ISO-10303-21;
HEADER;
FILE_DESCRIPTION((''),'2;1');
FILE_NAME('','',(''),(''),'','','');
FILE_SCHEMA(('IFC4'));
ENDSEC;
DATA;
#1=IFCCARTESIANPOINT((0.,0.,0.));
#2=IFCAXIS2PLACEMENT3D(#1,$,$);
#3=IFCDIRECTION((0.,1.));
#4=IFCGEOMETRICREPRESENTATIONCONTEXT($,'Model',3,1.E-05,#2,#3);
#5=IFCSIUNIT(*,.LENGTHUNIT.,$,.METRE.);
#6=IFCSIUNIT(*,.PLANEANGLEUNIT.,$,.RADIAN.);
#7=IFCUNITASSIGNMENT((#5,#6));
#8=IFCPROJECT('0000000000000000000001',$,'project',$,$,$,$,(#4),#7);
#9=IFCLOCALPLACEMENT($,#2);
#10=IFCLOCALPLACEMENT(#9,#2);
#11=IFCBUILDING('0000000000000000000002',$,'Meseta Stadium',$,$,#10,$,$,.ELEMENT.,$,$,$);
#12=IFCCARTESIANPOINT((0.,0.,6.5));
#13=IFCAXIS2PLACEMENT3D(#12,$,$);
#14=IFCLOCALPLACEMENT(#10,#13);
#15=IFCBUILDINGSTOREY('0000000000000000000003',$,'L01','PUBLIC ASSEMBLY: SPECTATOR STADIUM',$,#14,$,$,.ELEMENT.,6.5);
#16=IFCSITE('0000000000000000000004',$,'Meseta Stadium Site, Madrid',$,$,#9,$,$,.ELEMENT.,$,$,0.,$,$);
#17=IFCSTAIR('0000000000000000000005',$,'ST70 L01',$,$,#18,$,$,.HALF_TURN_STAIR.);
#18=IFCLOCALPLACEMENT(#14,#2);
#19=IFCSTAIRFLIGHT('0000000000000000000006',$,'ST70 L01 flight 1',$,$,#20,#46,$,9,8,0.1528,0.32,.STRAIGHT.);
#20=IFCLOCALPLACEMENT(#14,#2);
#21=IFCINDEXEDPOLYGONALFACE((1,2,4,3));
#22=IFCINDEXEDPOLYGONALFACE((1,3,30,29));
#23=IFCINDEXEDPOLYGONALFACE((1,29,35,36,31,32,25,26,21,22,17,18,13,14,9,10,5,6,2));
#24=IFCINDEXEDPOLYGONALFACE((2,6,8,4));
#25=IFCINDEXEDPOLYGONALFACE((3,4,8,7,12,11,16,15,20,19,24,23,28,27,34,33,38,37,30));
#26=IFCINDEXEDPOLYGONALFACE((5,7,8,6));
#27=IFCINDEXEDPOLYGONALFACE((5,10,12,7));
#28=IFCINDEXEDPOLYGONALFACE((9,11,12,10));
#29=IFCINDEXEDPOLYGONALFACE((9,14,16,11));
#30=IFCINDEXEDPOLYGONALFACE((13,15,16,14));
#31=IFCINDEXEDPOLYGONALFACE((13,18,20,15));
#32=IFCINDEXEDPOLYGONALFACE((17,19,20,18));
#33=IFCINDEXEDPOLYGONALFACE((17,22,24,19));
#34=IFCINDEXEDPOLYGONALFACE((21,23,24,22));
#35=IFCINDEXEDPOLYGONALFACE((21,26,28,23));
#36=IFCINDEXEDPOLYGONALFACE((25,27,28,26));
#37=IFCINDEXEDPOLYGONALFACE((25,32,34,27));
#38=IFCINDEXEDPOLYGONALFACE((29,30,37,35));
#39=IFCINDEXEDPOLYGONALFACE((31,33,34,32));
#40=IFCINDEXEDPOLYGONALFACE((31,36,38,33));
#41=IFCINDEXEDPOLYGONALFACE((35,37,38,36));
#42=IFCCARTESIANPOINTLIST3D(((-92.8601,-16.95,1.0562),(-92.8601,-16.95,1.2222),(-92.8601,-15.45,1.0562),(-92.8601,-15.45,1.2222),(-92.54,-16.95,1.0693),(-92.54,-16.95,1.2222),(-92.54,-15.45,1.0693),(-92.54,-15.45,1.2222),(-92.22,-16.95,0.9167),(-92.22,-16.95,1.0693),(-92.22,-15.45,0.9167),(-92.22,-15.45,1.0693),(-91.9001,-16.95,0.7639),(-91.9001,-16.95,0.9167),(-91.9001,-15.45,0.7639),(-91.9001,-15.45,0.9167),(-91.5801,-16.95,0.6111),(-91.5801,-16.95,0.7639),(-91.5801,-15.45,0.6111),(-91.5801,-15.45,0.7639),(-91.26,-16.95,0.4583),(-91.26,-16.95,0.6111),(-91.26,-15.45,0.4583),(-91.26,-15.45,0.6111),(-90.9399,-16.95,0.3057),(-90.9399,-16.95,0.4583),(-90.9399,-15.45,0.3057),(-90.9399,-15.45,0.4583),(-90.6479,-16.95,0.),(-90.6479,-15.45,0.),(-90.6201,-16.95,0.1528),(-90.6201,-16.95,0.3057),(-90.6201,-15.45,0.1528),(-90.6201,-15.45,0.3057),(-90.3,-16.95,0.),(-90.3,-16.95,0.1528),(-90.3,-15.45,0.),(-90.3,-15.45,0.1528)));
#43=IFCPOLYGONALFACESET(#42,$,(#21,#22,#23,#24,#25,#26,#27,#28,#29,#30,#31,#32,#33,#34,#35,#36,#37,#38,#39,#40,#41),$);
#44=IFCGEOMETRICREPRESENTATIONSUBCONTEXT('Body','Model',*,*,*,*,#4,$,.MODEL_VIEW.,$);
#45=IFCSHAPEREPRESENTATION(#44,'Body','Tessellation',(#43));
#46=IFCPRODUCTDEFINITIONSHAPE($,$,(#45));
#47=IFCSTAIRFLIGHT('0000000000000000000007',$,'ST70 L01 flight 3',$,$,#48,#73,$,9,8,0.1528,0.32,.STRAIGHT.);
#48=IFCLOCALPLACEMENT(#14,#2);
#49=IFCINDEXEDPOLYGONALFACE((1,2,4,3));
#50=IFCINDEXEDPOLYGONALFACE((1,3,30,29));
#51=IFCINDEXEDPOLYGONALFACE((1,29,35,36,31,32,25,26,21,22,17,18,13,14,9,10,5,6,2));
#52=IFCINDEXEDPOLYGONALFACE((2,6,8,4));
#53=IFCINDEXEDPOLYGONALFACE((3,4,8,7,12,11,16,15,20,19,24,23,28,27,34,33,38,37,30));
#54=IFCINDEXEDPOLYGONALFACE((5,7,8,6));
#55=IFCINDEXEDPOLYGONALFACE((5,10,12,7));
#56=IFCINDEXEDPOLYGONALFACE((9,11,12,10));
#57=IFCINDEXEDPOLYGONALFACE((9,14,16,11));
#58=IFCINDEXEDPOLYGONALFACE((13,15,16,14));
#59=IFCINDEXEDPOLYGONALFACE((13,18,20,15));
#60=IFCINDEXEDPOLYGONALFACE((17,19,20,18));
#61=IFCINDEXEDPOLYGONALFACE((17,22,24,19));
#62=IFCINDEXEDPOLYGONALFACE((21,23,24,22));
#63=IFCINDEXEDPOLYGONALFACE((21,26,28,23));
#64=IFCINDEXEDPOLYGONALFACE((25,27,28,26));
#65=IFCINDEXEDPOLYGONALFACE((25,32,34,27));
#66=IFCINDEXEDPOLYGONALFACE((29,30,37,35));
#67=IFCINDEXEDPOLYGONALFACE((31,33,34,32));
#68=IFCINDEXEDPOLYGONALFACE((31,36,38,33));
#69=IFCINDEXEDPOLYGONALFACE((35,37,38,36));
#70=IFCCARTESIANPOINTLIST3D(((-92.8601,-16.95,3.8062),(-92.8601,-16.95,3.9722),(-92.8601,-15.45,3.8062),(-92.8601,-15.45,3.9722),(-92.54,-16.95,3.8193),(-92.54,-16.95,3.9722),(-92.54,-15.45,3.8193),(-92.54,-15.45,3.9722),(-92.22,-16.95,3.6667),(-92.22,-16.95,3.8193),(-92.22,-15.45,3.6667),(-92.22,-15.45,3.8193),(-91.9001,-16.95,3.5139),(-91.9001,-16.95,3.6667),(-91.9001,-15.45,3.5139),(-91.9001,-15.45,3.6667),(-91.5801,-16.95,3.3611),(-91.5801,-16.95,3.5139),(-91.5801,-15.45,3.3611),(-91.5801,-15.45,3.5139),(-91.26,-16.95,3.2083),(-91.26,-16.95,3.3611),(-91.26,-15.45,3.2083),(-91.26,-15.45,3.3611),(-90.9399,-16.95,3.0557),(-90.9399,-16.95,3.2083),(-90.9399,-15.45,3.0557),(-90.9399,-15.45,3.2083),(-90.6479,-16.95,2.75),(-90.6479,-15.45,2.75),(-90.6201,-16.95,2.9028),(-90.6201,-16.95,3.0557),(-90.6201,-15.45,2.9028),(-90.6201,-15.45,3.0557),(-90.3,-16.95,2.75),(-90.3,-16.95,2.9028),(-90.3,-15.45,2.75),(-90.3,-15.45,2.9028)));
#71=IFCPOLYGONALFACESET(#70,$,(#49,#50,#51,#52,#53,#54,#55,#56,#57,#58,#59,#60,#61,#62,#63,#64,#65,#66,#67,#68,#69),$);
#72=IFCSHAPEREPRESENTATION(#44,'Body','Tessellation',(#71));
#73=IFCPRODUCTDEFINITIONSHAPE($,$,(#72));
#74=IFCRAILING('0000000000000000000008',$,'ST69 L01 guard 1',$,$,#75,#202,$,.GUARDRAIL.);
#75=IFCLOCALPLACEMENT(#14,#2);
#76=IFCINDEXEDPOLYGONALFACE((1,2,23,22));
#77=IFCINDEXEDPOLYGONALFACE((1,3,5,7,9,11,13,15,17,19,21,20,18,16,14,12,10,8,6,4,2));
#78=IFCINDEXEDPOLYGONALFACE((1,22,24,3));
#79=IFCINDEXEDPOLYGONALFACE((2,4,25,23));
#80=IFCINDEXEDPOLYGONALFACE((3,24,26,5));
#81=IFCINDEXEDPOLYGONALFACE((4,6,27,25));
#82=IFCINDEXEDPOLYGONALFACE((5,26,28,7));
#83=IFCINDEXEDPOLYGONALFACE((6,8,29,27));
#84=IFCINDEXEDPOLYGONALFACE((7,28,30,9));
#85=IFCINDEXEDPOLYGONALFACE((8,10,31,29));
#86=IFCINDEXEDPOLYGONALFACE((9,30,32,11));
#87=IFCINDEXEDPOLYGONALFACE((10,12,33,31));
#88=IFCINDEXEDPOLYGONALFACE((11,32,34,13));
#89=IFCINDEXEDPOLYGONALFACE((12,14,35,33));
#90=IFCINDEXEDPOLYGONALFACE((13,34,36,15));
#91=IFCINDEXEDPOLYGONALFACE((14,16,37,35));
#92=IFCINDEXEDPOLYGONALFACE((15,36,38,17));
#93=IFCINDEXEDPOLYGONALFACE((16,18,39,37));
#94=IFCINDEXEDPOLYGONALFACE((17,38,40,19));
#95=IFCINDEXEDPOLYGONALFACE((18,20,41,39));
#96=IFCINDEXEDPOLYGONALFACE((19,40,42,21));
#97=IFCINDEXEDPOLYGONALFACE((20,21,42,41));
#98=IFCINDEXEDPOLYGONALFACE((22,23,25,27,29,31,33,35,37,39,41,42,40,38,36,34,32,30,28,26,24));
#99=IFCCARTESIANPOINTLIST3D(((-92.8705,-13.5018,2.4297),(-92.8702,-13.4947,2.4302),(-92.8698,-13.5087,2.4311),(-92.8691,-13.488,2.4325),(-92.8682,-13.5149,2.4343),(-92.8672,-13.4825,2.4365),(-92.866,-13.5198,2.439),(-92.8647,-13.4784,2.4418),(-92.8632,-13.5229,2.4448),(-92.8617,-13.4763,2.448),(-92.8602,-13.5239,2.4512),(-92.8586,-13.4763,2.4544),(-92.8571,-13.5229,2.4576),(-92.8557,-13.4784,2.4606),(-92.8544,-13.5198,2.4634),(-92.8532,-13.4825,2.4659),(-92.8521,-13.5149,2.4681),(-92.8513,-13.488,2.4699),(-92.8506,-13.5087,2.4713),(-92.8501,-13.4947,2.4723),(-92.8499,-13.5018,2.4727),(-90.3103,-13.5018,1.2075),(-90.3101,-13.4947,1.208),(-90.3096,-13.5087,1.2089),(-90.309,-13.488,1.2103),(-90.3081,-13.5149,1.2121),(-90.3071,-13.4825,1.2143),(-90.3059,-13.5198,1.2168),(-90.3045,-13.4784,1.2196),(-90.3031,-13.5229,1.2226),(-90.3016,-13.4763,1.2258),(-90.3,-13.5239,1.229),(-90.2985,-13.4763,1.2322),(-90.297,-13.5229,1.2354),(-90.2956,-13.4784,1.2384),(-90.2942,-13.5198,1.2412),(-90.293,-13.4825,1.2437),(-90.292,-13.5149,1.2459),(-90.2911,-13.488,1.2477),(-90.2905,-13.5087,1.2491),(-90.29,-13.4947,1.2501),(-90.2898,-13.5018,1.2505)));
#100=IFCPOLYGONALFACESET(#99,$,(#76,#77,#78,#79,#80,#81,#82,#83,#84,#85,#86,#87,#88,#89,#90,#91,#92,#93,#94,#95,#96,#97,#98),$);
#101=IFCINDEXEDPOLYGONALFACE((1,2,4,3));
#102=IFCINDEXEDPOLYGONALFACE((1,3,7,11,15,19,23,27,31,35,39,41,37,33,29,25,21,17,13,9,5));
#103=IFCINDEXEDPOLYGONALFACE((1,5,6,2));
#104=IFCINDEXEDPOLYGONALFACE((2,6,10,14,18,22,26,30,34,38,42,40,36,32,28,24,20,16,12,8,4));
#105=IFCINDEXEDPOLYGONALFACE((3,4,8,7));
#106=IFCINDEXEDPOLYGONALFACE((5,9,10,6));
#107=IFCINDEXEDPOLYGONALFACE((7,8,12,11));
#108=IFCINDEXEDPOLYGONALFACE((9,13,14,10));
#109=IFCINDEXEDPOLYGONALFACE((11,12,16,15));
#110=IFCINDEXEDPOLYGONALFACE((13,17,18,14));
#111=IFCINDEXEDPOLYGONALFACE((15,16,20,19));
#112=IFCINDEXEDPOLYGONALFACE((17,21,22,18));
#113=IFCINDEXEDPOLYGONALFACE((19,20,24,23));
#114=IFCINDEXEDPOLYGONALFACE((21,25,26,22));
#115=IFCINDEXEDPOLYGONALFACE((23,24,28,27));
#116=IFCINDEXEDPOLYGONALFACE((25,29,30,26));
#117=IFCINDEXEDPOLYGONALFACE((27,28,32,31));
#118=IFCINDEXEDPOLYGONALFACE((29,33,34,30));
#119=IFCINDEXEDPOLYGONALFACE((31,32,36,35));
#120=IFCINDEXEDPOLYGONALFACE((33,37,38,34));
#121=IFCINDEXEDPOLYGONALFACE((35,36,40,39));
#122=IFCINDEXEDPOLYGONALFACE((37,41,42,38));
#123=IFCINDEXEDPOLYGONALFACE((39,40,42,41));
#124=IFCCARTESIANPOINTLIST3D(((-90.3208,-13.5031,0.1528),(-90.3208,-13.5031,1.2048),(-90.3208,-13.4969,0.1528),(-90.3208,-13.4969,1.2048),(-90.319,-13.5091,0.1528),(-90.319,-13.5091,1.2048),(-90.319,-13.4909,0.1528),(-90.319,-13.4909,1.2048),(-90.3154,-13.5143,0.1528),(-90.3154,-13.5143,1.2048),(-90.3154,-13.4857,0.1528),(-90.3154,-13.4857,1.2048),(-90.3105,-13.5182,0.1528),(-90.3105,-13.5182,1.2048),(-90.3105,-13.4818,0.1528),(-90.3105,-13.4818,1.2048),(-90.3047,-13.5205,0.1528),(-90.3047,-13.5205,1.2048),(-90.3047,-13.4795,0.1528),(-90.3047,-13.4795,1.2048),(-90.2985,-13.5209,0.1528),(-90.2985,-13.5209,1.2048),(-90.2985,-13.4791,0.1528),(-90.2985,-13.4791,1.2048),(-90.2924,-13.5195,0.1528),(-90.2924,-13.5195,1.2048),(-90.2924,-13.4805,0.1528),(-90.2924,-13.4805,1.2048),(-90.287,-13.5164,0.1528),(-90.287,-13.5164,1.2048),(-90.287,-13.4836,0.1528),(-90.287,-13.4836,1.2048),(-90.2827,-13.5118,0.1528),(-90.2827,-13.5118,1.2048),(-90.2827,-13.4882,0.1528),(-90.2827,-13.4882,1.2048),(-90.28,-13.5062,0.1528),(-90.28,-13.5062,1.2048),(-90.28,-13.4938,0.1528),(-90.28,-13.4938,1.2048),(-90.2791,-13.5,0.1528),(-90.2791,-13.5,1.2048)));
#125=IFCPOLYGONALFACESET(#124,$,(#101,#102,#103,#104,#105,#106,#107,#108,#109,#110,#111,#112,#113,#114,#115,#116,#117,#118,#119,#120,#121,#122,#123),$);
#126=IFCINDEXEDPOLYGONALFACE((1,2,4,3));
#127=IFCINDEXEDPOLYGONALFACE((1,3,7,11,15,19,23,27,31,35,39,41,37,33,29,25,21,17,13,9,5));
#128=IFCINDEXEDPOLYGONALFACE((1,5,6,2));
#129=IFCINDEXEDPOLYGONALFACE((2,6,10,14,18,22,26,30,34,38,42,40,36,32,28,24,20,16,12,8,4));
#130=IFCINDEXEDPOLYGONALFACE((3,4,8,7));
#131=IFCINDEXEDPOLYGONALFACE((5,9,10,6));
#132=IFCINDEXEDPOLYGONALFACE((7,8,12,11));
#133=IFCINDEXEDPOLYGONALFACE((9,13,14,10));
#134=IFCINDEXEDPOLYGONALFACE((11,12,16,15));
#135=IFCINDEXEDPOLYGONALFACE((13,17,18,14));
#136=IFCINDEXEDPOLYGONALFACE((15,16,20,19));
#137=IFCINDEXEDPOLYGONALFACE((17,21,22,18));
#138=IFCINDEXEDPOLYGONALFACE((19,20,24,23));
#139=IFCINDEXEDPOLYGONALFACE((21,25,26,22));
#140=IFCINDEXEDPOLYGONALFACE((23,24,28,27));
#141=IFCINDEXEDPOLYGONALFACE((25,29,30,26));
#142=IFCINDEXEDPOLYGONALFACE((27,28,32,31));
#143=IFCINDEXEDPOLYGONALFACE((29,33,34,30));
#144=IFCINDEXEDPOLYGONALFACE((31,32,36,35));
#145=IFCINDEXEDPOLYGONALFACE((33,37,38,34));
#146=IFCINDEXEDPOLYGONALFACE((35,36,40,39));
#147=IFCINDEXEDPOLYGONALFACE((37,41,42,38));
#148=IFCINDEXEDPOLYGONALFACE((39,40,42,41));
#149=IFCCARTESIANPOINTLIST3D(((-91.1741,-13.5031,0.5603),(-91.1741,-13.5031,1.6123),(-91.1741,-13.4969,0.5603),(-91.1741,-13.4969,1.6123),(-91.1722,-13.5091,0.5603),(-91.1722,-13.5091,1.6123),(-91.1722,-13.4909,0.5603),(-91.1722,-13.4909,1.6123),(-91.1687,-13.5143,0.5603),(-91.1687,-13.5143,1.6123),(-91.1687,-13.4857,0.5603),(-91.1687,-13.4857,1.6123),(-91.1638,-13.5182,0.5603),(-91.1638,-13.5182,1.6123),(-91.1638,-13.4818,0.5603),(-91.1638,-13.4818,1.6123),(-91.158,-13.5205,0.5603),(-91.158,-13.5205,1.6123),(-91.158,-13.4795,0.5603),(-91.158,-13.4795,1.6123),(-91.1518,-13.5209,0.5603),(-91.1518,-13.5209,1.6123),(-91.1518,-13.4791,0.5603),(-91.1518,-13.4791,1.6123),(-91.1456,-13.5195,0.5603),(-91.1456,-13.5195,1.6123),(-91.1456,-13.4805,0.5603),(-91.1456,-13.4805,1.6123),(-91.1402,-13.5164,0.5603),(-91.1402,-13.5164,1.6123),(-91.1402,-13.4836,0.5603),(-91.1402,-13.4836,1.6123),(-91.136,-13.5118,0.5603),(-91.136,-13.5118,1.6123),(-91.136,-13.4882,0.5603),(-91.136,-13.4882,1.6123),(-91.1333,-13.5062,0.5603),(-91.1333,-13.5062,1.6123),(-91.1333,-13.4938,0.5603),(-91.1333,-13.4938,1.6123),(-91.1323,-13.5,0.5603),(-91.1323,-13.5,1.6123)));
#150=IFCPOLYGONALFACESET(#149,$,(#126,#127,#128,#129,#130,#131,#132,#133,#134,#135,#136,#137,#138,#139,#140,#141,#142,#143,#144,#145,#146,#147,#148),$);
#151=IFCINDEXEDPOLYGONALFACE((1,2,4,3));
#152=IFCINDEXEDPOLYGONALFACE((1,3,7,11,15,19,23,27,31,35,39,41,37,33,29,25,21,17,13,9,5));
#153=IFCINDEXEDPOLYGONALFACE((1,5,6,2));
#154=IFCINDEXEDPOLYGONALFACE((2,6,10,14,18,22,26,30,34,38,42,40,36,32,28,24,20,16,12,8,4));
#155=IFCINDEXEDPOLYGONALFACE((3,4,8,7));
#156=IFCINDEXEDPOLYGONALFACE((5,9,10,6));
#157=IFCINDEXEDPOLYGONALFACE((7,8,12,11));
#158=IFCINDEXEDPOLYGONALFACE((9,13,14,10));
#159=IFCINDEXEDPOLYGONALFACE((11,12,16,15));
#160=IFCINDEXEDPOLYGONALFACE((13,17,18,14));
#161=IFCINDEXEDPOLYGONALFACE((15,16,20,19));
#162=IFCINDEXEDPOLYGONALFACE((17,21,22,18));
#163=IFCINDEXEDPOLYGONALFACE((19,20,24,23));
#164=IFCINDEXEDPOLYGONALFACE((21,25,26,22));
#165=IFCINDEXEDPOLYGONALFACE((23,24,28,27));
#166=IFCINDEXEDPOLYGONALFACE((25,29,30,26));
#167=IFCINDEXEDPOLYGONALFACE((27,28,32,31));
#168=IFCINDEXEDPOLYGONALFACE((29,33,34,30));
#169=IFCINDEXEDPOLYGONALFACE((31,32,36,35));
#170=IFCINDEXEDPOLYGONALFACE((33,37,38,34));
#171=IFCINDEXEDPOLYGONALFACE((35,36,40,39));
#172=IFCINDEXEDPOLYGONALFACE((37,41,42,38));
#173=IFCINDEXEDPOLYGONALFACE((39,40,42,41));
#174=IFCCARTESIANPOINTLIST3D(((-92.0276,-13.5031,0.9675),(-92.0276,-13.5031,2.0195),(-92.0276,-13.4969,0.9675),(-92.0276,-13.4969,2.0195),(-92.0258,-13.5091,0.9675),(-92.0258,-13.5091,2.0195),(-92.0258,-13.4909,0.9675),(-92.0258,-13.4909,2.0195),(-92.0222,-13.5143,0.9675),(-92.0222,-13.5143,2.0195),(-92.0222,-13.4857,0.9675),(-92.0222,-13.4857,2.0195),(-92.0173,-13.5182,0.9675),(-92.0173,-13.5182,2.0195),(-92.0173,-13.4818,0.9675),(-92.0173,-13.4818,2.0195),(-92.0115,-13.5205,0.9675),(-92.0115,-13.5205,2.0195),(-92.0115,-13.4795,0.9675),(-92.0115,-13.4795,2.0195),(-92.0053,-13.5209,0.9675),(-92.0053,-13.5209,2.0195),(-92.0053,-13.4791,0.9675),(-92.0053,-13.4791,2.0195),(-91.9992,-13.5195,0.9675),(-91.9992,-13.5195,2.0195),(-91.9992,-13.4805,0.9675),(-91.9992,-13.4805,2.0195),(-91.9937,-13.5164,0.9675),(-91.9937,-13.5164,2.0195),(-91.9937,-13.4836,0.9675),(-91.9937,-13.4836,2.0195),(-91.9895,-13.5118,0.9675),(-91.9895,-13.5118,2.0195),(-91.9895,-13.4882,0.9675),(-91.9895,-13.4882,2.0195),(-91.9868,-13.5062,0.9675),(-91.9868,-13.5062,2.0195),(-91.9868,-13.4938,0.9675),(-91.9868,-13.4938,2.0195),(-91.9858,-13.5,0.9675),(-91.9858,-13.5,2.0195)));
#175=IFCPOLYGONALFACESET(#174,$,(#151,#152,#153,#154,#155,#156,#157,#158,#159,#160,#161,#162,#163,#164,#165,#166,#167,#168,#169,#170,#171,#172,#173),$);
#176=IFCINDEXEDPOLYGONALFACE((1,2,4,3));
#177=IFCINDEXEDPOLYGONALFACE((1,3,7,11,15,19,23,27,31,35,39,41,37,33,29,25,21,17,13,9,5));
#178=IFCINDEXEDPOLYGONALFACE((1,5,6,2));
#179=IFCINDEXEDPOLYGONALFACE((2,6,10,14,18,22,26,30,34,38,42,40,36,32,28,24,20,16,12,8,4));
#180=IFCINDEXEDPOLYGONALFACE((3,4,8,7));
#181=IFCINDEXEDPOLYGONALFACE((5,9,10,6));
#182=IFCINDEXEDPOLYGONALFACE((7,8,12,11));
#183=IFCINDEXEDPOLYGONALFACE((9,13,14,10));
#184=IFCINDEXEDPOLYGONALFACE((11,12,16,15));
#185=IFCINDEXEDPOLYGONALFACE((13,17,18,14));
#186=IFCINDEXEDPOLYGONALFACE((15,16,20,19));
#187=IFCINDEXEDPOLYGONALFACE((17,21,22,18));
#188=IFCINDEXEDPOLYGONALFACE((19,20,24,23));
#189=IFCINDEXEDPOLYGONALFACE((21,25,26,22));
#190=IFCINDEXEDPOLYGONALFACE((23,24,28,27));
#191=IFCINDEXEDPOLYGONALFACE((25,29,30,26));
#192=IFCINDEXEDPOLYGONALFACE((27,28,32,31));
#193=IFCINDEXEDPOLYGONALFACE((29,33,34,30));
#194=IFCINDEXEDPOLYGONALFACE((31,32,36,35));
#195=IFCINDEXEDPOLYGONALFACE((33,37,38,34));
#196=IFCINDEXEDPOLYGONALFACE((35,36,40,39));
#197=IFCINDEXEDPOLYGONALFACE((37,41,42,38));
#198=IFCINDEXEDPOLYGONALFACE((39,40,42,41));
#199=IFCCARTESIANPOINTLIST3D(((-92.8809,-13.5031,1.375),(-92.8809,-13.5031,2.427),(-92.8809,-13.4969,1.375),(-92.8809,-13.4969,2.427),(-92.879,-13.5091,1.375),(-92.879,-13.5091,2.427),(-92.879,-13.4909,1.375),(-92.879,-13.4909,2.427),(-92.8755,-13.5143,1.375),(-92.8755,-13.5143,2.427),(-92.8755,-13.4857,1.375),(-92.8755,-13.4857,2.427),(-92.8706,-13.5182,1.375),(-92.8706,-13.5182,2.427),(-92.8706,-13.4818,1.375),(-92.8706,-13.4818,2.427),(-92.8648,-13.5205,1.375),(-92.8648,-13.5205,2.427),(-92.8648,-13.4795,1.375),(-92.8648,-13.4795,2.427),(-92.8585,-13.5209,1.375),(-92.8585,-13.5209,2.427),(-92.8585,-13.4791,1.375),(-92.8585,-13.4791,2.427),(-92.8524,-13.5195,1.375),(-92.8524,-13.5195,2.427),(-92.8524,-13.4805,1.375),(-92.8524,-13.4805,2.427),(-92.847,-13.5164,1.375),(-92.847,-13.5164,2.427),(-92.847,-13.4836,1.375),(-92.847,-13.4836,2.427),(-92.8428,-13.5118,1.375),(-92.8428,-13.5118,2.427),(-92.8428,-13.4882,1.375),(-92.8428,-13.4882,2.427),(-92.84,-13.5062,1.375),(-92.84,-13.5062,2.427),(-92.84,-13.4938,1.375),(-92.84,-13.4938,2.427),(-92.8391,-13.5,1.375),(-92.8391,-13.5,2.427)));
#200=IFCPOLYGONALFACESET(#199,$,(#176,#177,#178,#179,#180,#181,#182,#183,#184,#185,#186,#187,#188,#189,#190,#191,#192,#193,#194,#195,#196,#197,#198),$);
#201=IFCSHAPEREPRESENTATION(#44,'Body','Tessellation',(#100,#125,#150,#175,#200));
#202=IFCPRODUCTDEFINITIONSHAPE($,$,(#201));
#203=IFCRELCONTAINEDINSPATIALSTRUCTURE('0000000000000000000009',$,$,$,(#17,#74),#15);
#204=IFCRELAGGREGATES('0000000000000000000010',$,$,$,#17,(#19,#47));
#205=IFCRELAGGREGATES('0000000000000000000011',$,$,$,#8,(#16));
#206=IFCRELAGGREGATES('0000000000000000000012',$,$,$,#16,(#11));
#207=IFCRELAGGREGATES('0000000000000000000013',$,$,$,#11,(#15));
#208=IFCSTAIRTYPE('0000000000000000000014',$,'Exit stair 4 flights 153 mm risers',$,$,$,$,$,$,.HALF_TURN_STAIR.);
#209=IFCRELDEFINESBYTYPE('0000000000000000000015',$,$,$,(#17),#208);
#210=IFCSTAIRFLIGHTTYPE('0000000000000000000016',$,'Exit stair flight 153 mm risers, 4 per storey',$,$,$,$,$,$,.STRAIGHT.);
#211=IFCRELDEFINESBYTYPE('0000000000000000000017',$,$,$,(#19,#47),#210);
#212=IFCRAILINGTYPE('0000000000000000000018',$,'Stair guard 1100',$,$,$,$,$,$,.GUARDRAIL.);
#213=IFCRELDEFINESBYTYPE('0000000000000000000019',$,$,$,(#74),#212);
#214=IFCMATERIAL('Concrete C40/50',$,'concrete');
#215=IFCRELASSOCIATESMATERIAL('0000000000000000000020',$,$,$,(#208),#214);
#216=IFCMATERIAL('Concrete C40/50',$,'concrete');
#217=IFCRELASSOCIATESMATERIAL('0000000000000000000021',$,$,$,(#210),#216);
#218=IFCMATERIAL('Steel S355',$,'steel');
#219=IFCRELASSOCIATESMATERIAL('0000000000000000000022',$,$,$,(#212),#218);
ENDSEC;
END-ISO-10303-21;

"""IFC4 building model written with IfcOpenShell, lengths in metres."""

from ifc_helpers import new_model, si_unit, direction, frame, origin, origin_2d, place, context, subcontext, project, spatial, polyline, circle, outline, extrude, material, type_object, element, aggregate, save


model = new_model("IFC4")

# Units and contexts
model_context = context("Model", 3, precision=1e-05, world=origin(), true_north=direction((0.0, 1.0)))
body_context = subcontext(model_context, "Body", "Model", "MODEL_VIEW")
ifc_project = project(units=[si_unit("LENGTHUNIT", "METRE"), si_unit("PLANEANGLEUNIT", "RADIAN")], contexts=[model_context])

# Site, building, storey
site_placement = place(None, origin())
site = spatial("IfcSite", under=ifc_project, at=site_placement, Name="Meseta Stadium Site, Madrid", CompositionType="ELEMENT", RefElevation=0.0)
building_placement = place(site_placement, origin())
building = spatial("IfcBuilding", under=site, at=building_placement, Name="Meseta Stadium", CompositionType="ELEMENT")
storey_placement = place(building_placement, frame((0.0, 0.0, 6.5)))
storey = spatial("IfcBuildingStorey", under=building, at=storey_placement, Name="L01", Description="PUBLIC ASSEMBLY: SPECTATOR STADIUM", CompositionType="ELEMENT", Elevation=6.5)

# Stair, stair flights
ifc_material_1 = material(Name="Concrete C40/50", Category="concrete")
stair_type = type_object("IfcStairType", Name="Exit stair 4 flights 153 mm risers", PredefinedType="HALF_TURN_STAIR", material=ifc_material_1)
ifc_material_2 = material(Name="Concrete C40/50", Category="concrete")
stair_flight_type = type_object("IfcStairFlightType", Name="Exit stair flight 153 mm risers, 4 per storey", PredefinedType="STRAIGHT", material=ifc_material_2)
stair_1_placement = place(storey_placement, origin())
stair_1 = element("IfcStair", 1, at=stair_1_placement, inside=storey, type_object=stair_type, Name="ST70 L01", PredefinedType="HALF_TURN_STAIR")
stair_flight_1_placement = place(storey_placement, frame((-90.3, -16.2, 0.0), z_axis=(0.0, 0.0, 1.0), x_axis=(-1.0, 0.0, 0.0)))
stair_flight_1 = element("IfcStairFlight", 2, at=stair_flight_1_placement, type_object=stair_flight_type, Name="ST70 L01 flight 1", NumberOfRisers=9, NumberOfTreads=8, PredefinedType="STRAIGHT", RiserHeight=0.1528, TreadLength=0.32, context=body_context, shape_type="SweptSolid", body=[
    extrude(outline(polyline([(0.0, 0.0), (0.0, 0.1528), (0.3201, 0.1528), (0.3201, 0.3057), (0.6399, 0.3057), (0.6399, 0.4583), (0.96, 0.4583), (0.96, 0.6111), (1.28, 0.6111), (1.28, 0.7639), (1.6001, 0.7639), (1.6001, 0.9167), (1.9199, 0.9167), (1.9199, 1.0693), (2.24, 1.0693), (2.24, 1.2222), (2.5601, 1.2222), (2.5601, 1.0562), (0.3479, 0.0), (0.0, 0.0)])), frame((0.0, 0.75, 0.0), z_axis=(0.0, -1.0, 0.0), x_axis=(1.0, 0.0, 0.0)), (0.0, 0.0, 1.0), 1.5),
])
stair_flight_2_placement = place(storey_placement, frame((-90.3, -16.2, 2.75), z_axis=(0.0, 0.0, 1.0), x_axis=(-1.0, 0.0, 0.0)))
stair_flight_2 = element("IfcStairFlight", 3, at=stair_flight_2_placement, type_object=stair_flight_type, Name="ST70 L01 flight 3", NumberOfRisers=9, NumberOfTreads=8, PredefinedType="STRAIGHT", RiserHeight=0.1528, TreadLength=0.32, context=body_context, shape_type="SweptSolid", body=[
    extrude(outline(polyline([(0.0, 0.0), (0.0, 0.1528), (0.3201, 0.1528), (0.3201, 0.3057), (0.6399, 0.3057), (0.6399, 0.4583), (0.96, 0.4583), (0.96, 0.6111), (1.28, 0.6111), (1.28, 0.7639), (1.6001, 0.7639), (1.6001, 0.9167), (1.9199, 0.9167), (1.9199, 1.0693), (2.24, 1.0693), (2.24, 1.2222), (2.5601, 1.2222), (2.5601, 1.0562), (0.3479, 0.0), (0.0, 0.0)])), frame((0.0, 0.75, 0.0), z_axis=(0.0, -1.0, 0.0), x_axis=(1.0, 0.0, 0.0)), (0.0, 0.0, 1.0), 1.5),
])
aggregate(stair_1, [stair_flight_1, stair_flight_2])

# Railing
ifc_material_3 = material(Name="Steel S355", Category="steel")
railing_type_1 = type_object("IfcRailingType", Name="Stair guard 1100", PredefinedType="GUARDRAIL", material=ifc_material_3)
railing_1_placement = place(storey_placement, frame((-90.3, -13.5, 0.1528)))
element("IfcRailing", 4, at=railing_1_placement, inside=storey, type_object=railing_type_1, Name="ST69 L01 guard 1", PredefinedType="GUARDRAIL", context=body_context, shape_type="SweptSolid", body=[
    extrude(circle(Radius=0.0239, at=origin_2d()), frame((0.0, 0.0, 1.0762), z_axis=(-0.902437, 0.0, 0.430822), x_axis=(0.0, -1.0, 0.0)), (0.0, 0.0, 1.0), 2.8369),
    extrude(circle(Radius=0.021, at=origin_2d()), origin(), (0.0, 0.0, 1.0), 1.052),
    extrude(circle(Radius=0.021, at=origin_2d()), frame((-0.8533, 0.0, 0.4075)), (0.0, 0.0, 1.0), 1.052),
    extrude(circle(Radius=0.021, at=origin_2d()), frame((-1.7068, 0.0, 0.8147)), (0.0, 0.0, 1.0), 1.052),
    extrude(circle(Radius=0.021, at=origin_2d()), frame((-2.5601, 0.0, 1.2222)), (0.0, 0.0, 1.0), 1.052),
])

save(model, "model.ifc")
